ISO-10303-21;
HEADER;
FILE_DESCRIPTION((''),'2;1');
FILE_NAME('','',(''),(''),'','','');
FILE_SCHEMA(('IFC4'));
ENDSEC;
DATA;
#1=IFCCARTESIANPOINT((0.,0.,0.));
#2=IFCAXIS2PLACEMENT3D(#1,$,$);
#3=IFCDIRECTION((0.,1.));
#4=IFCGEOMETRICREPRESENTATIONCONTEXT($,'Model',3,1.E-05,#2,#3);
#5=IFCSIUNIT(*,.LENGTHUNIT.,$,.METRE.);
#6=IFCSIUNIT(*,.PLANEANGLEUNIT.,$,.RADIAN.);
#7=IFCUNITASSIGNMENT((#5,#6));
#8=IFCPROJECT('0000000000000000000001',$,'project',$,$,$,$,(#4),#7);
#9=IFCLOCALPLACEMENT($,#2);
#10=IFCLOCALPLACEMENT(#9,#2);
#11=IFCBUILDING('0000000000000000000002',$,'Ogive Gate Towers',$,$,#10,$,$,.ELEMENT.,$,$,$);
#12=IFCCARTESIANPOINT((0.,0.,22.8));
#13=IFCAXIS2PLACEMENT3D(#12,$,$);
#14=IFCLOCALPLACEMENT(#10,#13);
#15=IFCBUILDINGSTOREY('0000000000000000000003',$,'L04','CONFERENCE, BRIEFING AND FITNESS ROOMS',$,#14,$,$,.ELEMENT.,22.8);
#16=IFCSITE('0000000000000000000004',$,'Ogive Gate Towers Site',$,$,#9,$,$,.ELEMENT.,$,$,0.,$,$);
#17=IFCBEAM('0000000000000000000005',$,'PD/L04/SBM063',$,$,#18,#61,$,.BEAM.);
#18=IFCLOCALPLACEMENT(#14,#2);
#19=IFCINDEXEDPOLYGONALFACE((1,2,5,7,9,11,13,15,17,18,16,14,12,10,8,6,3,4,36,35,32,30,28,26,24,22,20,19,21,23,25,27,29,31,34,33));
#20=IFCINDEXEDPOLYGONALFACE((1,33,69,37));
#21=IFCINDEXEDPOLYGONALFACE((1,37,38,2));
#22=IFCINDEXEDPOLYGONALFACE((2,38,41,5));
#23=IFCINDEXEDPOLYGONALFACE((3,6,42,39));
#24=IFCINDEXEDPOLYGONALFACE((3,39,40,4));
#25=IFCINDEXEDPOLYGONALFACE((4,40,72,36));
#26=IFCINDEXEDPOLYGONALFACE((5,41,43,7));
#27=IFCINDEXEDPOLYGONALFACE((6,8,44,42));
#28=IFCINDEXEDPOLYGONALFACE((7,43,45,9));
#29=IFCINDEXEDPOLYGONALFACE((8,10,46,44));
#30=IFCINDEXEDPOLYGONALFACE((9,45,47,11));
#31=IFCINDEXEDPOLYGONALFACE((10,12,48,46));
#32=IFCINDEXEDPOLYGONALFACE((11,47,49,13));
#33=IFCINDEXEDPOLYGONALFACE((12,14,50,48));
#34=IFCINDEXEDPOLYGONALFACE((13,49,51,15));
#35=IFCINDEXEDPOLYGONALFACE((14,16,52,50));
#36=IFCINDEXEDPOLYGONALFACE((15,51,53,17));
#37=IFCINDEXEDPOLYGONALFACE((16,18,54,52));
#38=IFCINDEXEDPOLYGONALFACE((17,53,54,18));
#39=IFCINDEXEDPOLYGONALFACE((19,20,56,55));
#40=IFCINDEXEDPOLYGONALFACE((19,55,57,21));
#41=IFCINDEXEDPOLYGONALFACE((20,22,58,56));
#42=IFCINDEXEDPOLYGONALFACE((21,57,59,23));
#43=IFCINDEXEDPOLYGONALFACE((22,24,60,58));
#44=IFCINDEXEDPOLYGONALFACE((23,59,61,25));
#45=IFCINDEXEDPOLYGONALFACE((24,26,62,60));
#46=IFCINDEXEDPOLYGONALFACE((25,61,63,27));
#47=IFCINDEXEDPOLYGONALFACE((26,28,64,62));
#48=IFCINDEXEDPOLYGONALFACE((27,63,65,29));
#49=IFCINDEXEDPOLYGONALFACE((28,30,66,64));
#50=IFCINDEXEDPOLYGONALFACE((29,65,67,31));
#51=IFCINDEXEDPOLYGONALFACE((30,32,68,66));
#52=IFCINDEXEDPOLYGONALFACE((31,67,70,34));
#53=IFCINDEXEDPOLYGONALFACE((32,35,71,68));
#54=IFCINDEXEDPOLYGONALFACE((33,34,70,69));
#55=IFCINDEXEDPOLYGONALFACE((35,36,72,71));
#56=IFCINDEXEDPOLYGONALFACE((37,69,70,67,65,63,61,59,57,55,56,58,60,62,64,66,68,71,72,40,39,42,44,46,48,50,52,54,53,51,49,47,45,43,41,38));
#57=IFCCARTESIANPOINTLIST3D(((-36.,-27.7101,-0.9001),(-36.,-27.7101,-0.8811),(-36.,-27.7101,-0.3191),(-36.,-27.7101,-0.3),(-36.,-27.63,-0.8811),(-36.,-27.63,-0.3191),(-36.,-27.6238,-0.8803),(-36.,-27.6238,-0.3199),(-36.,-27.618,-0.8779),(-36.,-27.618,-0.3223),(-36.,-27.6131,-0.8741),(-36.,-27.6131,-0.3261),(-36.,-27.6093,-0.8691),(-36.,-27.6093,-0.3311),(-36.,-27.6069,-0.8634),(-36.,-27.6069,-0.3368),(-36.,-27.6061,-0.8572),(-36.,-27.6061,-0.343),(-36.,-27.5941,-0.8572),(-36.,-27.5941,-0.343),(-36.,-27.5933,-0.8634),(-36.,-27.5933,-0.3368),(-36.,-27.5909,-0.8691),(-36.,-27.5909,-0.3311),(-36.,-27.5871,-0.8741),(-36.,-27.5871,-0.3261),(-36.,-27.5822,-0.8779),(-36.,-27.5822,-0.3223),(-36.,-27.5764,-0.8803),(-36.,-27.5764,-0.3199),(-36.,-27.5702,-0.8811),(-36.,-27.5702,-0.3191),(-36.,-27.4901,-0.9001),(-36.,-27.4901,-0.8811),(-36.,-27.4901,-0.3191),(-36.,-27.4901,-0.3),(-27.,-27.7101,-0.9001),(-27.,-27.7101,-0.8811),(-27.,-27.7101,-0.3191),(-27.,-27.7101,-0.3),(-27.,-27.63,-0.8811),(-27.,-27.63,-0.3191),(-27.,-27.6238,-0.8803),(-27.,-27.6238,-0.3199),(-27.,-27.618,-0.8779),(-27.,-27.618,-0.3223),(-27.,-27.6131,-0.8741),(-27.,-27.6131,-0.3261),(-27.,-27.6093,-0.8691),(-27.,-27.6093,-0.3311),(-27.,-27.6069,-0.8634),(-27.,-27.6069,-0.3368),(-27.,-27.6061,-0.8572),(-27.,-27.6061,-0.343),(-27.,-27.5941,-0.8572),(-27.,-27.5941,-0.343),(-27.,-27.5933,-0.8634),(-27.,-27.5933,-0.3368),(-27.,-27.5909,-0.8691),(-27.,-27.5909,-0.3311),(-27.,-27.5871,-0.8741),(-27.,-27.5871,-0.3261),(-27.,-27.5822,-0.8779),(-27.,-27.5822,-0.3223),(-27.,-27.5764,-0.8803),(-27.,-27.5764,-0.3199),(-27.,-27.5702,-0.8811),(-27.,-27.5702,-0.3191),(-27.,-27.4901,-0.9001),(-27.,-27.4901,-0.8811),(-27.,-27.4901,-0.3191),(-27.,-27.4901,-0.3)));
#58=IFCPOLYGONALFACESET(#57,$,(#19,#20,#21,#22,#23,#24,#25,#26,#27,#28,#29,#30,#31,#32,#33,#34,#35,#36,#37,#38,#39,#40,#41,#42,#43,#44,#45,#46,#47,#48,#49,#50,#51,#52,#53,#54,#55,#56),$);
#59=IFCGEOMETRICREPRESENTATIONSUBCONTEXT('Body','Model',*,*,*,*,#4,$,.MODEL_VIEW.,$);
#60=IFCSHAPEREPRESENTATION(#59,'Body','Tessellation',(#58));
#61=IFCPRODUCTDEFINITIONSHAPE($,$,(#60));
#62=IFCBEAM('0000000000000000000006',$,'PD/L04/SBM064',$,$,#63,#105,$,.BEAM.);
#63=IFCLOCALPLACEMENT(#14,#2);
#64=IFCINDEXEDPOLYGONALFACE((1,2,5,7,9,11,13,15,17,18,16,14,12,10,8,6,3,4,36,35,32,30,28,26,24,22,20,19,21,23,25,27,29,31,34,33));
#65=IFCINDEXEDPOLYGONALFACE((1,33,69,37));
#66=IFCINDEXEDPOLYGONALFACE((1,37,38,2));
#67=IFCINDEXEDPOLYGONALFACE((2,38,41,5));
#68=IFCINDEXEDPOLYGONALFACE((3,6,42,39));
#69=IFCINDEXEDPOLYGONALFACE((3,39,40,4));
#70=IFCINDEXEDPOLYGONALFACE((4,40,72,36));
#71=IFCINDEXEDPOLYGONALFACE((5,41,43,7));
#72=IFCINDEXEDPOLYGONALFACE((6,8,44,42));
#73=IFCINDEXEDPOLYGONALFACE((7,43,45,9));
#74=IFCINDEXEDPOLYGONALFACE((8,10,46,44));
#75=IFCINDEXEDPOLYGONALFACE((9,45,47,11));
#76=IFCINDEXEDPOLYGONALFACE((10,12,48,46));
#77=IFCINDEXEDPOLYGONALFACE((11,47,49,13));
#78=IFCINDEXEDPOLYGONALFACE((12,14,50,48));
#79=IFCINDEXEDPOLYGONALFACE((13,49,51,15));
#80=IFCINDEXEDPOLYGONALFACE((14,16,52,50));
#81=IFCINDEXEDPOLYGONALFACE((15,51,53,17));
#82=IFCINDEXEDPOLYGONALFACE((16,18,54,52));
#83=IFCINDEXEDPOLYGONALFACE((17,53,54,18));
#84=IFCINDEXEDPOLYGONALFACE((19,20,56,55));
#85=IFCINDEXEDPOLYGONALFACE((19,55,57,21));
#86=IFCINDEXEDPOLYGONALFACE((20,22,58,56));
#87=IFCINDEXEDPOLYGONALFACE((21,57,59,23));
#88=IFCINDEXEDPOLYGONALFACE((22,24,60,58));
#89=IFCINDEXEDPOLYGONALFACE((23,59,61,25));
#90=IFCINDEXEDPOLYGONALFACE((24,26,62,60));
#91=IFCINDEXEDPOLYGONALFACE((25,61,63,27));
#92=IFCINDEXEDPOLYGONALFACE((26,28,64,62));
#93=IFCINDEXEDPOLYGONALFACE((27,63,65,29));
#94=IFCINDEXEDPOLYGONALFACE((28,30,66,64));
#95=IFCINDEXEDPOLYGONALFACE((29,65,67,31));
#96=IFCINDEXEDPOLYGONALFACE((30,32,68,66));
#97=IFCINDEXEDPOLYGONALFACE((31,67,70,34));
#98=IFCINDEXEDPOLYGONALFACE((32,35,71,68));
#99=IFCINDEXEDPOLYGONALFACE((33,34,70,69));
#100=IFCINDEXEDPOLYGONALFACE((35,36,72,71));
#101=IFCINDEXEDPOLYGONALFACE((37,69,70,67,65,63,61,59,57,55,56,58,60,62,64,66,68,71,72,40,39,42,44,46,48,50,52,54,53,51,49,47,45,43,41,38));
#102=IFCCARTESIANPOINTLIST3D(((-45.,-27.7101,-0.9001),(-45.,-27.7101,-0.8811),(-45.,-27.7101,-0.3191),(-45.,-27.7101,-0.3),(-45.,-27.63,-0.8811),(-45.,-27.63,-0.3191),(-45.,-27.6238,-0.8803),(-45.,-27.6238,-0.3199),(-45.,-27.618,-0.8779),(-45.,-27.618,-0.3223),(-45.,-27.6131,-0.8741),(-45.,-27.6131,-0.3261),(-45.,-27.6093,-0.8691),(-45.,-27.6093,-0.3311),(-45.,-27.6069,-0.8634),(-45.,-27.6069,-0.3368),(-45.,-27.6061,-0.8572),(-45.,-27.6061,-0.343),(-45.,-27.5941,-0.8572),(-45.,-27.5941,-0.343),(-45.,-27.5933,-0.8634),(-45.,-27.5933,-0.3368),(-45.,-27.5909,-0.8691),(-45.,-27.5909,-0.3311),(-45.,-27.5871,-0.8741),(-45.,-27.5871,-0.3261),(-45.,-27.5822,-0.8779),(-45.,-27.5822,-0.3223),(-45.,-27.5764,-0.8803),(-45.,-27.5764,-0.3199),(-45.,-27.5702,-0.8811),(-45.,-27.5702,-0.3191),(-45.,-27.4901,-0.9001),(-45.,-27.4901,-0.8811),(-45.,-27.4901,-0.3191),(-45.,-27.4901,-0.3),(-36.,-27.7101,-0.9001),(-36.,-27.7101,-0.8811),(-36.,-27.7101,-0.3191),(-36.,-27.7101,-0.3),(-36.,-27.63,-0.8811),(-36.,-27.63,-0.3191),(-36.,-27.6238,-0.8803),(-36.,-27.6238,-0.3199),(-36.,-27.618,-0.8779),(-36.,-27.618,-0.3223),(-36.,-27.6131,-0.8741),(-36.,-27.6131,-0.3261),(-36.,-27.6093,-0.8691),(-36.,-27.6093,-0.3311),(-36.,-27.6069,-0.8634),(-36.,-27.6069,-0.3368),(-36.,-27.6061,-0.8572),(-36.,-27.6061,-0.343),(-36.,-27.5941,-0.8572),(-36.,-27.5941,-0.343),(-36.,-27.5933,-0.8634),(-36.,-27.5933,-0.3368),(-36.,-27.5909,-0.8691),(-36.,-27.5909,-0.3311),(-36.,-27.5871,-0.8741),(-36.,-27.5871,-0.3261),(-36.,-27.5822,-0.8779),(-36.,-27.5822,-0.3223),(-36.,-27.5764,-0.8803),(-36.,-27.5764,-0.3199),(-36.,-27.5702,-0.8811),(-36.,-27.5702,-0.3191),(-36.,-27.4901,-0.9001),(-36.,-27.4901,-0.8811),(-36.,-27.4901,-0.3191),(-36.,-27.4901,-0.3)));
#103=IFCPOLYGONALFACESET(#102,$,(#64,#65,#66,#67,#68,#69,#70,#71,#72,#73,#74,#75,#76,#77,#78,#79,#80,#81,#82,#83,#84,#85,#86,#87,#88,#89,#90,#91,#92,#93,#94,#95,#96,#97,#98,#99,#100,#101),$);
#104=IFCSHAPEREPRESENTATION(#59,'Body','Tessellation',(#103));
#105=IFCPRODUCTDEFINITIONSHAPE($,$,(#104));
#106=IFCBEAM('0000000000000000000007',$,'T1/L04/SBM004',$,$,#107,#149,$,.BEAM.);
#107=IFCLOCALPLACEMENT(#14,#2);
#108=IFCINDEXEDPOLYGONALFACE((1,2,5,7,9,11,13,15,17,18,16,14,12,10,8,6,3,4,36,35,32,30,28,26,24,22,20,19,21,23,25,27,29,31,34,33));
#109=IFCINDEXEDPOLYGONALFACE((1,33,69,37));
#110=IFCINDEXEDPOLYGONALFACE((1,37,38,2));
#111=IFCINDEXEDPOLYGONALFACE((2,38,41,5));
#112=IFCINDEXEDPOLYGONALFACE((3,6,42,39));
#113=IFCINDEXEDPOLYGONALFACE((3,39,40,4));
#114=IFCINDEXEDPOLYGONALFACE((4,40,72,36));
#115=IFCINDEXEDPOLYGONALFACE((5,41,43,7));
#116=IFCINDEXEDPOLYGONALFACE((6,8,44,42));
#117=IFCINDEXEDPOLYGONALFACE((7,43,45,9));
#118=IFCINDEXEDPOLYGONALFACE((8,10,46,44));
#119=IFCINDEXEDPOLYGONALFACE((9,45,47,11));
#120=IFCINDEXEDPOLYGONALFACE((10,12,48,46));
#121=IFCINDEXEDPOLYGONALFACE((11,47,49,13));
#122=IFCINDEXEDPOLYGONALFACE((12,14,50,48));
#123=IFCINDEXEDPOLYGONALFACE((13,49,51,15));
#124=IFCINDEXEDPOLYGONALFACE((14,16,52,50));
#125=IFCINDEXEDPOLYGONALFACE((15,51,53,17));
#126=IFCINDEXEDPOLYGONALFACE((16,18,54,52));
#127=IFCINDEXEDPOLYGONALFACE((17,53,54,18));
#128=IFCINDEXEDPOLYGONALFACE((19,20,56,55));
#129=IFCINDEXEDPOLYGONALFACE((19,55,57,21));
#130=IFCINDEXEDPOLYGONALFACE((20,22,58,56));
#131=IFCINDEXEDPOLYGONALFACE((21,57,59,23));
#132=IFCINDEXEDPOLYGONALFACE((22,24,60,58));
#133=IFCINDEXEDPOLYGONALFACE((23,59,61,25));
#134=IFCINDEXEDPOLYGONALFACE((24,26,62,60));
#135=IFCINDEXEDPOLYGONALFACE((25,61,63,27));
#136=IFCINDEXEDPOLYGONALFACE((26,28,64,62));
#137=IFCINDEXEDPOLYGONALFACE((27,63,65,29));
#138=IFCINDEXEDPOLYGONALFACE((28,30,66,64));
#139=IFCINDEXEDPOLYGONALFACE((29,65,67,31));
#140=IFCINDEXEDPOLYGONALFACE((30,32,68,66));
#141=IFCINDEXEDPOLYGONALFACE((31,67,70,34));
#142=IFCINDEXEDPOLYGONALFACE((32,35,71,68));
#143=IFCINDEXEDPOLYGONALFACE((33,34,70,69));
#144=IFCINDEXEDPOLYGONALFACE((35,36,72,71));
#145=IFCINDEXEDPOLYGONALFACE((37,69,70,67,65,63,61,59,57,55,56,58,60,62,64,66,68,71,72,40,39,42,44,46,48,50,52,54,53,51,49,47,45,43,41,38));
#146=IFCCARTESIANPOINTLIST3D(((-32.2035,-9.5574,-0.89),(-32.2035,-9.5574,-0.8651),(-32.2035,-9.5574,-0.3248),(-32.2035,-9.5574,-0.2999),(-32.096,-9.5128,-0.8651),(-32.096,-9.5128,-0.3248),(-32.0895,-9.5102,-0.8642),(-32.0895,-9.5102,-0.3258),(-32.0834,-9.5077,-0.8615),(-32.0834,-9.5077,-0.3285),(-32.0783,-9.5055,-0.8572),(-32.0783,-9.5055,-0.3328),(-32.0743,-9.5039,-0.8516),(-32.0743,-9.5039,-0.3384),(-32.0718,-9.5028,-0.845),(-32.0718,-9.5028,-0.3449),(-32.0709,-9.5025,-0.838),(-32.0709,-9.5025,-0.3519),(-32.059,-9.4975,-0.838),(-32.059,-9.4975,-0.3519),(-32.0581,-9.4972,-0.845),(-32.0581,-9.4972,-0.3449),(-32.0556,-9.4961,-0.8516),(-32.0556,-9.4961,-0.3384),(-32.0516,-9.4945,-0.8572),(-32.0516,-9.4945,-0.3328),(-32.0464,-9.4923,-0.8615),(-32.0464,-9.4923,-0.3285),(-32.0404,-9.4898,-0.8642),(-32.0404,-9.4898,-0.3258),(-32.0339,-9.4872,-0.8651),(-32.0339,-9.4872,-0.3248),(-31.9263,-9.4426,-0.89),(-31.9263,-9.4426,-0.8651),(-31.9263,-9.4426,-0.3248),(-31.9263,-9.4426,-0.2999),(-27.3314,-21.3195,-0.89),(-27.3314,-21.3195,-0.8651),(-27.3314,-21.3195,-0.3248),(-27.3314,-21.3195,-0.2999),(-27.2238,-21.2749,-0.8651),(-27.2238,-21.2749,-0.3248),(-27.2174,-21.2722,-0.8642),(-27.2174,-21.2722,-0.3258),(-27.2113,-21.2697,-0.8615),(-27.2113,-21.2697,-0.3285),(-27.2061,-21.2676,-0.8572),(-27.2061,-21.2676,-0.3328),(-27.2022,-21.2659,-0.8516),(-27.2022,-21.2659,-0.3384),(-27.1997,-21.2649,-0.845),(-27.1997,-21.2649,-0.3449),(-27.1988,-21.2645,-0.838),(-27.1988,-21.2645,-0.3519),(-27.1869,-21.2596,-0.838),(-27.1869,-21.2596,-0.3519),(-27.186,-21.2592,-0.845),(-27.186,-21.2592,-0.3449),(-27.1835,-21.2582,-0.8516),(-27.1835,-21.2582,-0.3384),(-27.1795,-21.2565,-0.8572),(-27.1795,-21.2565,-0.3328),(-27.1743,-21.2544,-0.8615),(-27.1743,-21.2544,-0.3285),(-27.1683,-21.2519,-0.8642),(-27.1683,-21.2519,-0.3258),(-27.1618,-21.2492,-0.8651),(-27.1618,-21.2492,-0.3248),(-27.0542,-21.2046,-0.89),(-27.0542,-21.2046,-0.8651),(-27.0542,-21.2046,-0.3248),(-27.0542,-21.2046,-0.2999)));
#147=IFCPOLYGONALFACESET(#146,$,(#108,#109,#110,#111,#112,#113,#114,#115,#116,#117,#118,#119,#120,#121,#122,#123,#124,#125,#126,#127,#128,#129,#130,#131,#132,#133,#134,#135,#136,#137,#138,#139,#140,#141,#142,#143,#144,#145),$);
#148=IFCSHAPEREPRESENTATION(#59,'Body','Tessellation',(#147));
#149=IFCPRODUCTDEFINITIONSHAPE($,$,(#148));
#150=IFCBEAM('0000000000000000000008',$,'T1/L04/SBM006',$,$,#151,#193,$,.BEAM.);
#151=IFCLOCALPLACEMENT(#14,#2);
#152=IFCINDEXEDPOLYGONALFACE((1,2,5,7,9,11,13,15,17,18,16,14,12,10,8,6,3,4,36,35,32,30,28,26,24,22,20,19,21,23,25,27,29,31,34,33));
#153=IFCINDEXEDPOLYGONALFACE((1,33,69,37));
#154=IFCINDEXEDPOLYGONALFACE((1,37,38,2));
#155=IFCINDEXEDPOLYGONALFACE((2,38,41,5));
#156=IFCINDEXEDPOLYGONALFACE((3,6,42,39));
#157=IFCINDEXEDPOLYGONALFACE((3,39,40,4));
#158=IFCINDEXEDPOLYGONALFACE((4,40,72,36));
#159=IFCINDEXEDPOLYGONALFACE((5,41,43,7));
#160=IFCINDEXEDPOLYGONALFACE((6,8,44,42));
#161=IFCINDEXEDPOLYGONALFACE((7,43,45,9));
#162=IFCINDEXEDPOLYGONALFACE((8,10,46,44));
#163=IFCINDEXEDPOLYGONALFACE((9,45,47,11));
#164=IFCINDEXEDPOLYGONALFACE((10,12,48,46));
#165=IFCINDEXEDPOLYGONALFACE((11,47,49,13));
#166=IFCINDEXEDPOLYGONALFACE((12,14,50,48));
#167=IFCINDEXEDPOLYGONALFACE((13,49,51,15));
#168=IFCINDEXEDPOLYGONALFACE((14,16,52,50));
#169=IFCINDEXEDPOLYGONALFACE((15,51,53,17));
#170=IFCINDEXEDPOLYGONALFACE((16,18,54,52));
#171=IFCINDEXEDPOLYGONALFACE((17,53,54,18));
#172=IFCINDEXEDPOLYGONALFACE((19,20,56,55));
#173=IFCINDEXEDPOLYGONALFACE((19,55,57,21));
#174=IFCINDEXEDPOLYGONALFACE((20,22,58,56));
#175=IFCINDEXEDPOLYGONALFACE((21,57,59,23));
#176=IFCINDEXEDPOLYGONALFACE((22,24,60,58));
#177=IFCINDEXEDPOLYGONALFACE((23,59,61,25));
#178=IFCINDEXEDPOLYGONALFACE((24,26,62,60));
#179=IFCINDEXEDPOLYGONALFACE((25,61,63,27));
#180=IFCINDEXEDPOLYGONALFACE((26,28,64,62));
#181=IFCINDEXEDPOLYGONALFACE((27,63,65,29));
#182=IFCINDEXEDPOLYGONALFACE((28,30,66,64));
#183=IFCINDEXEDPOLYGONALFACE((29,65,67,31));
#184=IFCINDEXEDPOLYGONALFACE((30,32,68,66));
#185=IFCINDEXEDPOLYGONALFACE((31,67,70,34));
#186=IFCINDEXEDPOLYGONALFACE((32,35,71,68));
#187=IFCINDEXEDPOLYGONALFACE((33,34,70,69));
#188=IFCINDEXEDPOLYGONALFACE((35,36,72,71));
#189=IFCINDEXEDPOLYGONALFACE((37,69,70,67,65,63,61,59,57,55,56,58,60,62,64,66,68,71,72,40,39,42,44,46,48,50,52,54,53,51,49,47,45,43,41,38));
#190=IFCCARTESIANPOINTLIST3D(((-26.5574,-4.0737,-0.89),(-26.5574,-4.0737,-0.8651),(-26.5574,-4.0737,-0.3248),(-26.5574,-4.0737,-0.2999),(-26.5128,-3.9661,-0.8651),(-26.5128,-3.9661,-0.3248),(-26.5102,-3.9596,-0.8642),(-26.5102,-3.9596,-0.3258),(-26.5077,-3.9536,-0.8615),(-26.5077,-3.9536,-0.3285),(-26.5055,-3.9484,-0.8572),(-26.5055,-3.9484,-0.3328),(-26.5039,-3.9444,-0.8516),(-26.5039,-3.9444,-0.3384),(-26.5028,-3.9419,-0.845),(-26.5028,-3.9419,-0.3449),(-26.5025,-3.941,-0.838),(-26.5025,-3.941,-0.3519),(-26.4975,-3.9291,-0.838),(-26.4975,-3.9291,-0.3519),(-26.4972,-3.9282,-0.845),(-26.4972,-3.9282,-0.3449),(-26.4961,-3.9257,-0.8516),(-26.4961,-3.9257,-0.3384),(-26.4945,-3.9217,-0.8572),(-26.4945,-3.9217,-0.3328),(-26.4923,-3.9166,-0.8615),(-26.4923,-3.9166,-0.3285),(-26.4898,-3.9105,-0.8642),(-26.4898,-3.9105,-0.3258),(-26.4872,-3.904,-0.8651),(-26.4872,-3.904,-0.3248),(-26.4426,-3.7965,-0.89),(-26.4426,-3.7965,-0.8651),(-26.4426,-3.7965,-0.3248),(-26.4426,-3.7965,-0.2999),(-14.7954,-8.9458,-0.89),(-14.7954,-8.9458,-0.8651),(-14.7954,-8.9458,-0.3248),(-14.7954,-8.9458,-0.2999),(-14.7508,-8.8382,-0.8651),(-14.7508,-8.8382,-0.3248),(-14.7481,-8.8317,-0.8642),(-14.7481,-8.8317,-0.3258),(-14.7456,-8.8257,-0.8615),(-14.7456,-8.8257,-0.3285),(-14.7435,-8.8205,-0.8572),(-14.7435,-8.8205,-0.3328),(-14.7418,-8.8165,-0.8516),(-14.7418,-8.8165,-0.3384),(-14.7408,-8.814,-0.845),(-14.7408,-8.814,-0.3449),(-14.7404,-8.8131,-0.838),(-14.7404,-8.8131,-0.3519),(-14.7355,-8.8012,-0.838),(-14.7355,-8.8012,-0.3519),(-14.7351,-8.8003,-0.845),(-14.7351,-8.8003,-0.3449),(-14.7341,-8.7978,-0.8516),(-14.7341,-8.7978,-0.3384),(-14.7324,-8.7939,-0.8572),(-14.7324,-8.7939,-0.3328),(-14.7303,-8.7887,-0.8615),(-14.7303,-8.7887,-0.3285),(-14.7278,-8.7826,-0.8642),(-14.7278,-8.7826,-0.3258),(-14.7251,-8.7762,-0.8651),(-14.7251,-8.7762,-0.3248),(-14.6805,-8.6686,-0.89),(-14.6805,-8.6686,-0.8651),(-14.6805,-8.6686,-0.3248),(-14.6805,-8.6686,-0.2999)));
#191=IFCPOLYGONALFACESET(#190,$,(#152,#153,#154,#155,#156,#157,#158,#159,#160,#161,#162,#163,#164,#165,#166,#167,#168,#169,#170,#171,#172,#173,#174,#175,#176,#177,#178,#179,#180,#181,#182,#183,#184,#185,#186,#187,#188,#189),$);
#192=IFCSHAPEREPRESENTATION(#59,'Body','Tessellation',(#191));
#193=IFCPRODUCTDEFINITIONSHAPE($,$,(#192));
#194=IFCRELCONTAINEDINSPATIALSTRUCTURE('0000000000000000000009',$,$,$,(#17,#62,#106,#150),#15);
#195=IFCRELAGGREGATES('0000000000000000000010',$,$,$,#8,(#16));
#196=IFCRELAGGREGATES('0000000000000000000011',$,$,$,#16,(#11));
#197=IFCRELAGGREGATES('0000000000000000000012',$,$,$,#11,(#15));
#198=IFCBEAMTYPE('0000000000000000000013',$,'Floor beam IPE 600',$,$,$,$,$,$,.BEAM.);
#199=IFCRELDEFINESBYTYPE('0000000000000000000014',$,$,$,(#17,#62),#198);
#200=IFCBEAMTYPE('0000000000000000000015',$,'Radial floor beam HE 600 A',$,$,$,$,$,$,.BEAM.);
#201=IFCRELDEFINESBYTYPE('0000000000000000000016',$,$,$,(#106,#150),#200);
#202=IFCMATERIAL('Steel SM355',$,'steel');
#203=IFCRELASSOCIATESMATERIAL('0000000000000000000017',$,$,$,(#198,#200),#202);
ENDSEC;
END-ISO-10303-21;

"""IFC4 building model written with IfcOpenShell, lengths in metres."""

from ifc_helpers import new_model, si_unit, direction, frame, origin, origin_2d, place, context, subcontext, project, spatial, i_section, extrude, material, material_profile, profile_set, type_object, element, save


model = new_model("IFC4")

# Units and contexts
model_context = context("Model", 3, precision=1e-05, world=origin(), true_north=direction((0.0, 1.0)))
body_context = subcontext(model_context, "Body", "Model", "MODEL_VIEW")
ifc_project = project(units=[si_unit("LENGTHUNIT", "METRE"), si_unit("PLANEANGLEUNIT", "RADIAN")], contexts=[model_context])

# Site, building, storey
site_placement = place(None, origin())
site = spatial("IfcSite", under=ifc_project, at=site_placement, Name="Ogive Gate Towers Site", CompositionType="ELEMENT", RefElevation=0.0)
building_placement = place(site_placement, origin())
building = spatial("IfcBuilding", under=site, at=building_placement, Name="Ogive Gate Towers", CompositionType="ELEMENT")
storey_placement = place(building_placement, frame((0.0, 0.0, 22.8)))
storey = spatial("IfcBuildingStorey", under=building, at=storey_placement, Name="L04", Description="CONFERENCE, BRIEFING AND FITNESS ROOMS", CompositionType="ELEMENT", Elevation=22.8)

# Beams
ifc_material_1 = material(Name="Steel SM355", Category="steel")
ifc_material_profile_1 = material_profile(ifc_material_1, i_section(OverallWidth=0.22, OverallDepth=0.6001, WebThickness=0.012, FlangeThickness=0.019, FilletRadius=0.0239, at=origin_2d()), Name="IPE 600")
ifc_profile_set_1 = profile_set([ifc_material_profile_1], Name="Steel SM355")
beam_type_1 = type_object("IfcBeamType", Name="Floor beam IPE 600", PredefinedType="BEAM", material=ifc_profile_set_1)
for number, where, z_axis, x_axis, name in (
    (1, (-27.0, -27.6001, -0.6001), (-1.0, 0.0, 0.0), (0.0, -1.0, 0.0), "PD/L04/SBM063"),
    (2, (-36.0, -27.6001, -0.6001), (-1.0, 0.0, 0.0), (0.0, -1.0, 0.0), "PD/L04/SBM064"),
):
    element("IfcBeam", number, at=place(storey_placement, frame(where, z_axis=z_axis, x_axis=x_axis)), inside=storey, type_object=beam_type_1, Name=name, PredefinedType="BEAM", context=body_context, shape_type="SweptSolid", body=[
        extrude(i_section(OverallWidth=0.22, OverallDepth=0.6001, WebThickness=0.012, FlangeThickness=0.019, FilletRadius=0.0239, at=origin_2d()), origin(), (0.0, 0.0, 1.0), 9.0),
    ])
ifc_material_profile_2 = material_profile(ifc_material_1, i_section(OverallWidth=0.3, OverallDepth=0.5901, WebThickness=0.0129, FlangeThickness=0.0249, FilletRadius=0.0271, at=origin_2d()), Name="HE 600 A")
ifc_profile_set_2 = profile_set([ifc_material_profile_2], Name="Steel SM355")
beam_type_2 = type_object("IfcBeamType", Name="Radial floor beam HE 600 A", PredefinedType="BEAM", material=ifc_profile_set_2)
for number, where, z_axis, x_axis, name in (
    (3, (-32.0649, -9.5, -0.595), (0.382691, -0.923877, 0.0), (0.923877, 0.382691, 0.0), "T1/L04/SBM004"),
    (4, (-26.5, -3.9351, -0.595), (0.923877, -0.382691, 0.0), (0.382691, 0.923877, 0.0), "T1/L04/SBM006"),
):
    element("IfcBeam", number, at=place(storey_placement, frame(where, z_axis=z_axis, x_axis=x_axis)), inside=storey, type_object=beam_type_2, Name=name, PredefinedType="BEAM", context=body_context, shape_type="SweptSolid", body=[
        extrude(i_section(OverallWidth=0.3, OverallDepth=0.5901, WebThickness=0.0129, FlangeThickness=0.0249, FilletRadius=0.0271, at=origin_2d()), origin(), (0.0, 0.0, 1.0), 12.7312),
    ])

save(model, "model.ifc")
